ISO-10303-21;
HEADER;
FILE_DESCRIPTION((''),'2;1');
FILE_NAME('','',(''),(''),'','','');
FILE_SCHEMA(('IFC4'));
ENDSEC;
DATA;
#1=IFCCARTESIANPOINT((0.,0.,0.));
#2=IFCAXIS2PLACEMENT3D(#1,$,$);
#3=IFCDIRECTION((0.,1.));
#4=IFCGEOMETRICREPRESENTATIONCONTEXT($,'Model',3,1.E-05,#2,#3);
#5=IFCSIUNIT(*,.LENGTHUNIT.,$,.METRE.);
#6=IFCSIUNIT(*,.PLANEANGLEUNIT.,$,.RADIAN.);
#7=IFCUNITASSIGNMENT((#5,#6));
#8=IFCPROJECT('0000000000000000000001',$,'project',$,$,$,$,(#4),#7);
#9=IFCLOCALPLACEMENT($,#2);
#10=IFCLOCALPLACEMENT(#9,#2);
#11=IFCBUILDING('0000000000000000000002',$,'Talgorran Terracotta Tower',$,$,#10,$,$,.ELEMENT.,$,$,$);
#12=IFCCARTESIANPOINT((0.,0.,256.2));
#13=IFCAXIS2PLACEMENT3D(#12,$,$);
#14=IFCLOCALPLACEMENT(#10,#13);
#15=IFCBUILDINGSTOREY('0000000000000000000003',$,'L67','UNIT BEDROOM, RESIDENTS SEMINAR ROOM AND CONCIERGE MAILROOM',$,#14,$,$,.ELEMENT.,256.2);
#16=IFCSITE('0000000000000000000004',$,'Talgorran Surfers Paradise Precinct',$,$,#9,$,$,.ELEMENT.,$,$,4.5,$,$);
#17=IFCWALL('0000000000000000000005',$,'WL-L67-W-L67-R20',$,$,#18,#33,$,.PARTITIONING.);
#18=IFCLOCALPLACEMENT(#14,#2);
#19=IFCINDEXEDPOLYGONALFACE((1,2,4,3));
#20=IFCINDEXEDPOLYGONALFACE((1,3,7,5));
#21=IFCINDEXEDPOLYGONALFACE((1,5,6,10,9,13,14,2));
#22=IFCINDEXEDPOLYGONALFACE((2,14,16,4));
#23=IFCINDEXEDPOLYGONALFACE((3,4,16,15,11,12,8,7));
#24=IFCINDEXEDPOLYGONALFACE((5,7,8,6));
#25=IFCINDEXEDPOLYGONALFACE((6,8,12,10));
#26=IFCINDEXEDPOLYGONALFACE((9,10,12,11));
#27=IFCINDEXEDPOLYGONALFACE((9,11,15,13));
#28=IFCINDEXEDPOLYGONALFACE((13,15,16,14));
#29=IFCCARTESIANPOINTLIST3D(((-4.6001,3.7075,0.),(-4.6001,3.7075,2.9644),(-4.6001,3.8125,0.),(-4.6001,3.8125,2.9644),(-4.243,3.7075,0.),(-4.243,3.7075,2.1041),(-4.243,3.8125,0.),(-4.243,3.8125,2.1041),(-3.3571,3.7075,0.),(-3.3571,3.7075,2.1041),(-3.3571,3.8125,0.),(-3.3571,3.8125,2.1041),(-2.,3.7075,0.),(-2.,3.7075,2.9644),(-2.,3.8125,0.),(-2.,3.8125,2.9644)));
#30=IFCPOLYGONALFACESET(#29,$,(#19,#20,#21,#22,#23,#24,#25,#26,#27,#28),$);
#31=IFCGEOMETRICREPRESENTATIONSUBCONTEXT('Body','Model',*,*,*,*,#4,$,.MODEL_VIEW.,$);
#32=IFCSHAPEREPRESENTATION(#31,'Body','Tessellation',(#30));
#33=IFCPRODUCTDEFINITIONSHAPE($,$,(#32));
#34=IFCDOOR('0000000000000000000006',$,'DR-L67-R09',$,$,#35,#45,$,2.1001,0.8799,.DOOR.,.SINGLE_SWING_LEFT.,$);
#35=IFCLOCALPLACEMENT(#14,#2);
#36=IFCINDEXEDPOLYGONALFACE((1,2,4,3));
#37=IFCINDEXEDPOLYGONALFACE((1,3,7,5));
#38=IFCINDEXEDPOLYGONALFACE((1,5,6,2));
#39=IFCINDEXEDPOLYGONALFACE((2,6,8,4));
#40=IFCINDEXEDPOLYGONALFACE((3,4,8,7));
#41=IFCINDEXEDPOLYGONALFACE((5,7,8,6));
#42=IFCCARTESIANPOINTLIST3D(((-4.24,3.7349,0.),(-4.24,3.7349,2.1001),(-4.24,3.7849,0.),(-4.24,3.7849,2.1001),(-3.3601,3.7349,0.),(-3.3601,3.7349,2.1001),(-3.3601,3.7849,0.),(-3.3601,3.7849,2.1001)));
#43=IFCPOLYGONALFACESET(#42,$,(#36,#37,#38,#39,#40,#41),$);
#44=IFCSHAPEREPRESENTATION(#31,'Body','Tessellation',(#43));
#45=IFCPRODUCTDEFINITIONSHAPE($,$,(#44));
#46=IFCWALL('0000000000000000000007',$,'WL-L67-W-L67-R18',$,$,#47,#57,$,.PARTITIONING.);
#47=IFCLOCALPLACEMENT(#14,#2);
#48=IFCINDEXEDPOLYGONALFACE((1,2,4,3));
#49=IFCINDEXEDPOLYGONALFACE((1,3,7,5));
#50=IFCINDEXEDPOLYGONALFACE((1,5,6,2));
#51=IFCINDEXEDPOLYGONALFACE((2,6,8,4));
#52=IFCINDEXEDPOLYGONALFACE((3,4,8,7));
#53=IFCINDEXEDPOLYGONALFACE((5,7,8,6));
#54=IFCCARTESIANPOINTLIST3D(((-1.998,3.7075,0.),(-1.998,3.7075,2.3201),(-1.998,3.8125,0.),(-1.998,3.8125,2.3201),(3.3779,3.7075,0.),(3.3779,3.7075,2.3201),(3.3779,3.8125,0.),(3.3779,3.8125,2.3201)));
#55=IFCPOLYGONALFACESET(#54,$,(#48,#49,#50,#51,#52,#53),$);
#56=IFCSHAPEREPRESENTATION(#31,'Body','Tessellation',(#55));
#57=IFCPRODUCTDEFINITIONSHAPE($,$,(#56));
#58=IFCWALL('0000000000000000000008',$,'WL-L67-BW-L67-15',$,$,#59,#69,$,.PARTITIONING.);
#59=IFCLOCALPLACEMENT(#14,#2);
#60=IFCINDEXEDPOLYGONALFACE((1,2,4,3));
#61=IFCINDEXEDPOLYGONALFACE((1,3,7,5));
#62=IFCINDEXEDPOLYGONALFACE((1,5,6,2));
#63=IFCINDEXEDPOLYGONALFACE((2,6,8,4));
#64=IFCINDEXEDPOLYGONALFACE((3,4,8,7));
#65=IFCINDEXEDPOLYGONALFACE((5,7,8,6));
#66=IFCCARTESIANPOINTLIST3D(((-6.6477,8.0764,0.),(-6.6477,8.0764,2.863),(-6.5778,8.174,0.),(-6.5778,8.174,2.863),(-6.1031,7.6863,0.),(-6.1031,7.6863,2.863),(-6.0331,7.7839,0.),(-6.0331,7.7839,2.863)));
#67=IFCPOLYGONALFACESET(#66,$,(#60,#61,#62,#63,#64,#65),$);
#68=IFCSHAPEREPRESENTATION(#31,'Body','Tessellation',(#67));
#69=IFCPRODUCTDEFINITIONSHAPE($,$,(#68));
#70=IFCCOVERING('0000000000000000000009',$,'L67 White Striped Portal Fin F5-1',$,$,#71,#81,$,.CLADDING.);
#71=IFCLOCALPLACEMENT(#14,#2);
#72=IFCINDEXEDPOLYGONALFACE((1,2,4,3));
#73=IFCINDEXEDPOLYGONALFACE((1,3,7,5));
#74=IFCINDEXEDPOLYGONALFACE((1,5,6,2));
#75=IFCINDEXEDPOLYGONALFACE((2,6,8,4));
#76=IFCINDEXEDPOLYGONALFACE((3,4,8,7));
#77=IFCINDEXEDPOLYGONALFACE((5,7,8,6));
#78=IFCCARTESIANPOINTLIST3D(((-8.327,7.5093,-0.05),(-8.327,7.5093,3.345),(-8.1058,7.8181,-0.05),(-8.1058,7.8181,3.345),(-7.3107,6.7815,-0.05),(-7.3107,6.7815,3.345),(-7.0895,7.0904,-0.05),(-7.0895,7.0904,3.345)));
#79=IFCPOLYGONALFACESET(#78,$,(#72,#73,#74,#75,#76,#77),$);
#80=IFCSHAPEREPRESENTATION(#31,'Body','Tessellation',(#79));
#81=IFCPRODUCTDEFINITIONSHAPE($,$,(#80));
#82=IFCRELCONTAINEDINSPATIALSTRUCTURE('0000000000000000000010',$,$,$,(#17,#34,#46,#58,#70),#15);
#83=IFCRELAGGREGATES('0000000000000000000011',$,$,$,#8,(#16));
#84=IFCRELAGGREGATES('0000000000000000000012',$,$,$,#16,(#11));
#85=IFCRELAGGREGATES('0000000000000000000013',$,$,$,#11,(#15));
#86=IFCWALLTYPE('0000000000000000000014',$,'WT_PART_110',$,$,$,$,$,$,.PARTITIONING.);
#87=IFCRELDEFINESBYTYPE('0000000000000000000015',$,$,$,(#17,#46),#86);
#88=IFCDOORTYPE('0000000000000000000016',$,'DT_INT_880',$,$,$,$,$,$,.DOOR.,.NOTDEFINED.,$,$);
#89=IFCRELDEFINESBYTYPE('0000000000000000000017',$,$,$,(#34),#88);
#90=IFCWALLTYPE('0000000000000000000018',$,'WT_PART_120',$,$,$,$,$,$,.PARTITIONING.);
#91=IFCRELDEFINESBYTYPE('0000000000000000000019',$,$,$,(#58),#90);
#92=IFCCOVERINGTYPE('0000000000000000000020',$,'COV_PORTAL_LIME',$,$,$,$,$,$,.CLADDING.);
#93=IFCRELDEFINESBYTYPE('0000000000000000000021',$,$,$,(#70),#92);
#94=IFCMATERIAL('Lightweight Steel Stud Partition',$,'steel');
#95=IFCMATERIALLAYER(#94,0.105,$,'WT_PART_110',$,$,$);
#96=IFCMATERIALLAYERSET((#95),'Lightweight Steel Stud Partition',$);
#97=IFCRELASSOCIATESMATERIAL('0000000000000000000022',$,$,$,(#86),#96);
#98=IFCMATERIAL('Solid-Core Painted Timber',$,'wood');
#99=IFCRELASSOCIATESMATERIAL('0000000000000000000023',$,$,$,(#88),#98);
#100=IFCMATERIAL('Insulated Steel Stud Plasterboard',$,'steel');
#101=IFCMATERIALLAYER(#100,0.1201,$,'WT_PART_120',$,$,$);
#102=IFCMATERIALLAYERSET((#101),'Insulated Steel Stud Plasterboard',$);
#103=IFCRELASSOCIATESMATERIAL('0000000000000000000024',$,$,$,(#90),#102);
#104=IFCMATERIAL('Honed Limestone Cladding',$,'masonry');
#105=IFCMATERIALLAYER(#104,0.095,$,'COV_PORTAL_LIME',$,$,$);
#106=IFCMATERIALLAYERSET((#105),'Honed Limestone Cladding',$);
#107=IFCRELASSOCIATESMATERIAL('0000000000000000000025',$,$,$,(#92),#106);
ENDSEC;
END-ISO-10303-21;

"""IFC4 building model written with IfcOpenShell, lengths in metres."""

from ifc_helpers import new_model, si_unit, direction, frame, frame_2d, origin, origin_2d, place, context, subcontext, project, spatial, rectangle, extrude, material, layer, layer_set, type_object, element, fill, save


model = new_model("IFC4")

# Units and contexts
model_context = context("Model", 3, precision=1e-05, world=origin(), true_north=direction((0.0, 1.0)))
body_context = subcontext(model_context, "Body", "Model", "MODEL_VIEW")
ifc_project = project(units=[si_unit("LENGTHUNIT", "METRE"), si_unit("PLANEANGLEUNIT", "RADIAN")], contexts=[model_context])

# Site, building, storey
site_placement = place(None, origin())
site = spatial("IfcSite", under=ifc_project, at=site_placement, Name="Talgorran Surfers Paradise Precinct", CompositionType="ELEMENT", RefElevation=4.5)
building_placement = place(site_placement, origin())
building = spatial("IfcBuilding", under=site, at=building_placement, Name="Talgorran Terracotta Tower", CompositionType="ELEMENT")
storey_placement = place(building_placement, frame((0.0, 0.0, 256.2)))
storey = spatial("IfcBuildingStorey", under=building, at=storey_placement, Name="L67", Description="UNIT BEDROOM, RESIDENTS SEMINAR ROOM AND CONCIERGE MAILROOM", CompositionType="ELEMENT", Elevation=256.2)

# Shared definitions
ifc_material_1 = material(Name="Lightweight Steel Stud Partition", Category="steel")
ifc_layer_1 = layer(ifc_material_1, 0.105, Name="WT_PART_110")
ifc_layer_set_1 = layer_set([ifc_layer_1], Name="Lightweight Steel Stud Partition")
wall_type_1 = type_object("IfcWallType", Name="WT_PART_110", PredefinedType="PARTITIONING", material=ifc_layer_set_1)

# Wall, opening, door
ifc_material_2 = material(Name="Solid-Core Painted Timber", Category="wood")
door_type_1 = type_object("IfcDoorType", Name="DT_INT_880", OperationType="NOTDEFINED", PredefinedType="DOOR", material=ifc_material_2)
wall_1_placement = place(storey_placement, frame((-4.6001, 3.76, 0.0), z_axis=(0.0, 0.0, 1.0), x_axis=(1.0, 0.0, 0.0)))
wall_1 = element("IfcWall", 1, at=wall_1_placement, inside=storey, type_object=wall_type_1, Name="WL-L67-W-L67-R20", PredefinedType="PARTITIONING", context=body_context, shape_type="SweptSolid", body=[
    extrude(rectangle(XDim=2.6001, YDim=0.105, at=frame_2d((1.3, 0.0))), origin(), (0.0, 0.0, 1.0), 2.9644),
])
opening_1_placement = place(wall_1_placement, frame((0.3601, 0.0, 0.0)))
opening_1 = element("IfcOpeningElement", 2, at=opening_1_placement, cuts=wall_1, PredefinedType="OPENING", context=body_context, shape_type="SweptSolid", body=[
    extrude(rectangle(XDim=0.8859, YDim=2.1041, at=frame_2d((0.4399, 1.052))), frame((0.0, 0.0625, 0.0), z_axis=(0.0, -1.0, 0.0), x_axis=(1.0, 0.0, 0.0)), (0.0, 0.0, 1.0), 0.125),
])
door_1_placement = place(opening_1_placement, origin())
door_1 = element("IfcDoor", 3, at=door_1_placement, inside=storey, type_object=door_type_1, Name="DR-L67-R09", OperationType="SINGLE_SWING_LEFT", OverallHeight=2.1001, OverallWidth=0.8799, PredefinedType="DOOR", context=body_context, shape_type="SweptSolid", body=[
    extrude(rectangle(XDim=0.8799, YDim=2.1001, at=frame_2d((0.4399, 1.05))), frame((0.0, 0.0249, 0.0), z_axis=(0.0, -1.0, 0.0), x_axis=(1.0, 0.0, 0.0)), (0.0, 0.0, 1.0), 0.05),
])
fill(opening_1, door_1)

# Walls
wall_2_placement = place(storey_placement, frame((-1.998, 3.76, 0.0), z_axis=(0.0, 0.0, 1.0), x_axis=(1.0, 0.0, 0.0)))
element("IfcWall", 4, at=wall_2_placement, inside=storey, type_object=wall_type_1, Name="WL-L67-W-L67-R18", PredefinedType="PARTITIONING", context=body_context, shape_type="SweptSolid", body=[
    extrude(rectangle(XDim=5.376, YDim=0.105, at=frame_2d((2.688, 0.0))), origin(), (0.0, 0.0, 1.0), 2.3201),
])
ifc_material_3 = material(Name="Insulated Steel Stud Plasterboard", Category="steel")
ifc_layer_2 = layer(ifc_material_3, 0.1201, Name="WT_PART_120")
ifc_layer_set_2 = layer_set([ifc_layer_2], Name="Insulated Steel Stud Plasterboard")
wall_type_2 = type_object("IfcWallType", Name="WT_PART_120", PredefinedType="PARTITIONING", material=ifc_layer_set_2)
wall_3_placement = place(storey_placement, frame((-6.0681, 7.7351, 0.0), z_axis=(0.0, 0.0, 1.0), x_axis=(-0.81297, 0.582306, 0.0)))
element("IfcWall", 5, at=wall_3_placement, inside=storey, type_object=wall_type_2, Name="WL-L67-BW-L67-15", PredefinedType="PARTITIONING", context=body_context, shape_type="SweptSolid", body=[
    extrude(rectangle(XDim=0.6699, YDim=0.1201, at=frame_2d((0.335, 0.0))), origin(), (0.0, 0.0, 1.0), 2.863),
])

# Covering
ifc_material_4 = material(Name="Honed Limestone Cladding", Category="masonry")
ifc_layer_3 = layer(ifc_material_4, 0.095, Name="COV_PORTAL_LIME")
ifc_layer_set_3 = layer_set([ifc_layer_3], Name="Honed Limestone Cladding")
covering_type = type_object("IfcCoveringType", Name="COV_PORTAL_LIME", PredefinedType="CLADDING", material=ifc_layer_set_3)
covering_placement = place(storey_placement, frame((-7.7083, 7.2998, -0.05), z_axis=(0.0, 0.0, 1.0), x_axis=(-0.582208, -0.81304, 0.0)))
element("IfcCovering", 6, at=covering_placement, inside=storey, type_object=covering_type, Name="L67 White Striped Portal Fin F5-1", PredefinedType="CLADDING", context=body_context, shape_type="SweptSolid", body=[
    extrude(rectangle(XDim=0.3799, YDim=1.25, at=origin_2d()), origin(), (0.0, 0.0, 1.0), 3.395),
])

save(model, "model.ifc")
